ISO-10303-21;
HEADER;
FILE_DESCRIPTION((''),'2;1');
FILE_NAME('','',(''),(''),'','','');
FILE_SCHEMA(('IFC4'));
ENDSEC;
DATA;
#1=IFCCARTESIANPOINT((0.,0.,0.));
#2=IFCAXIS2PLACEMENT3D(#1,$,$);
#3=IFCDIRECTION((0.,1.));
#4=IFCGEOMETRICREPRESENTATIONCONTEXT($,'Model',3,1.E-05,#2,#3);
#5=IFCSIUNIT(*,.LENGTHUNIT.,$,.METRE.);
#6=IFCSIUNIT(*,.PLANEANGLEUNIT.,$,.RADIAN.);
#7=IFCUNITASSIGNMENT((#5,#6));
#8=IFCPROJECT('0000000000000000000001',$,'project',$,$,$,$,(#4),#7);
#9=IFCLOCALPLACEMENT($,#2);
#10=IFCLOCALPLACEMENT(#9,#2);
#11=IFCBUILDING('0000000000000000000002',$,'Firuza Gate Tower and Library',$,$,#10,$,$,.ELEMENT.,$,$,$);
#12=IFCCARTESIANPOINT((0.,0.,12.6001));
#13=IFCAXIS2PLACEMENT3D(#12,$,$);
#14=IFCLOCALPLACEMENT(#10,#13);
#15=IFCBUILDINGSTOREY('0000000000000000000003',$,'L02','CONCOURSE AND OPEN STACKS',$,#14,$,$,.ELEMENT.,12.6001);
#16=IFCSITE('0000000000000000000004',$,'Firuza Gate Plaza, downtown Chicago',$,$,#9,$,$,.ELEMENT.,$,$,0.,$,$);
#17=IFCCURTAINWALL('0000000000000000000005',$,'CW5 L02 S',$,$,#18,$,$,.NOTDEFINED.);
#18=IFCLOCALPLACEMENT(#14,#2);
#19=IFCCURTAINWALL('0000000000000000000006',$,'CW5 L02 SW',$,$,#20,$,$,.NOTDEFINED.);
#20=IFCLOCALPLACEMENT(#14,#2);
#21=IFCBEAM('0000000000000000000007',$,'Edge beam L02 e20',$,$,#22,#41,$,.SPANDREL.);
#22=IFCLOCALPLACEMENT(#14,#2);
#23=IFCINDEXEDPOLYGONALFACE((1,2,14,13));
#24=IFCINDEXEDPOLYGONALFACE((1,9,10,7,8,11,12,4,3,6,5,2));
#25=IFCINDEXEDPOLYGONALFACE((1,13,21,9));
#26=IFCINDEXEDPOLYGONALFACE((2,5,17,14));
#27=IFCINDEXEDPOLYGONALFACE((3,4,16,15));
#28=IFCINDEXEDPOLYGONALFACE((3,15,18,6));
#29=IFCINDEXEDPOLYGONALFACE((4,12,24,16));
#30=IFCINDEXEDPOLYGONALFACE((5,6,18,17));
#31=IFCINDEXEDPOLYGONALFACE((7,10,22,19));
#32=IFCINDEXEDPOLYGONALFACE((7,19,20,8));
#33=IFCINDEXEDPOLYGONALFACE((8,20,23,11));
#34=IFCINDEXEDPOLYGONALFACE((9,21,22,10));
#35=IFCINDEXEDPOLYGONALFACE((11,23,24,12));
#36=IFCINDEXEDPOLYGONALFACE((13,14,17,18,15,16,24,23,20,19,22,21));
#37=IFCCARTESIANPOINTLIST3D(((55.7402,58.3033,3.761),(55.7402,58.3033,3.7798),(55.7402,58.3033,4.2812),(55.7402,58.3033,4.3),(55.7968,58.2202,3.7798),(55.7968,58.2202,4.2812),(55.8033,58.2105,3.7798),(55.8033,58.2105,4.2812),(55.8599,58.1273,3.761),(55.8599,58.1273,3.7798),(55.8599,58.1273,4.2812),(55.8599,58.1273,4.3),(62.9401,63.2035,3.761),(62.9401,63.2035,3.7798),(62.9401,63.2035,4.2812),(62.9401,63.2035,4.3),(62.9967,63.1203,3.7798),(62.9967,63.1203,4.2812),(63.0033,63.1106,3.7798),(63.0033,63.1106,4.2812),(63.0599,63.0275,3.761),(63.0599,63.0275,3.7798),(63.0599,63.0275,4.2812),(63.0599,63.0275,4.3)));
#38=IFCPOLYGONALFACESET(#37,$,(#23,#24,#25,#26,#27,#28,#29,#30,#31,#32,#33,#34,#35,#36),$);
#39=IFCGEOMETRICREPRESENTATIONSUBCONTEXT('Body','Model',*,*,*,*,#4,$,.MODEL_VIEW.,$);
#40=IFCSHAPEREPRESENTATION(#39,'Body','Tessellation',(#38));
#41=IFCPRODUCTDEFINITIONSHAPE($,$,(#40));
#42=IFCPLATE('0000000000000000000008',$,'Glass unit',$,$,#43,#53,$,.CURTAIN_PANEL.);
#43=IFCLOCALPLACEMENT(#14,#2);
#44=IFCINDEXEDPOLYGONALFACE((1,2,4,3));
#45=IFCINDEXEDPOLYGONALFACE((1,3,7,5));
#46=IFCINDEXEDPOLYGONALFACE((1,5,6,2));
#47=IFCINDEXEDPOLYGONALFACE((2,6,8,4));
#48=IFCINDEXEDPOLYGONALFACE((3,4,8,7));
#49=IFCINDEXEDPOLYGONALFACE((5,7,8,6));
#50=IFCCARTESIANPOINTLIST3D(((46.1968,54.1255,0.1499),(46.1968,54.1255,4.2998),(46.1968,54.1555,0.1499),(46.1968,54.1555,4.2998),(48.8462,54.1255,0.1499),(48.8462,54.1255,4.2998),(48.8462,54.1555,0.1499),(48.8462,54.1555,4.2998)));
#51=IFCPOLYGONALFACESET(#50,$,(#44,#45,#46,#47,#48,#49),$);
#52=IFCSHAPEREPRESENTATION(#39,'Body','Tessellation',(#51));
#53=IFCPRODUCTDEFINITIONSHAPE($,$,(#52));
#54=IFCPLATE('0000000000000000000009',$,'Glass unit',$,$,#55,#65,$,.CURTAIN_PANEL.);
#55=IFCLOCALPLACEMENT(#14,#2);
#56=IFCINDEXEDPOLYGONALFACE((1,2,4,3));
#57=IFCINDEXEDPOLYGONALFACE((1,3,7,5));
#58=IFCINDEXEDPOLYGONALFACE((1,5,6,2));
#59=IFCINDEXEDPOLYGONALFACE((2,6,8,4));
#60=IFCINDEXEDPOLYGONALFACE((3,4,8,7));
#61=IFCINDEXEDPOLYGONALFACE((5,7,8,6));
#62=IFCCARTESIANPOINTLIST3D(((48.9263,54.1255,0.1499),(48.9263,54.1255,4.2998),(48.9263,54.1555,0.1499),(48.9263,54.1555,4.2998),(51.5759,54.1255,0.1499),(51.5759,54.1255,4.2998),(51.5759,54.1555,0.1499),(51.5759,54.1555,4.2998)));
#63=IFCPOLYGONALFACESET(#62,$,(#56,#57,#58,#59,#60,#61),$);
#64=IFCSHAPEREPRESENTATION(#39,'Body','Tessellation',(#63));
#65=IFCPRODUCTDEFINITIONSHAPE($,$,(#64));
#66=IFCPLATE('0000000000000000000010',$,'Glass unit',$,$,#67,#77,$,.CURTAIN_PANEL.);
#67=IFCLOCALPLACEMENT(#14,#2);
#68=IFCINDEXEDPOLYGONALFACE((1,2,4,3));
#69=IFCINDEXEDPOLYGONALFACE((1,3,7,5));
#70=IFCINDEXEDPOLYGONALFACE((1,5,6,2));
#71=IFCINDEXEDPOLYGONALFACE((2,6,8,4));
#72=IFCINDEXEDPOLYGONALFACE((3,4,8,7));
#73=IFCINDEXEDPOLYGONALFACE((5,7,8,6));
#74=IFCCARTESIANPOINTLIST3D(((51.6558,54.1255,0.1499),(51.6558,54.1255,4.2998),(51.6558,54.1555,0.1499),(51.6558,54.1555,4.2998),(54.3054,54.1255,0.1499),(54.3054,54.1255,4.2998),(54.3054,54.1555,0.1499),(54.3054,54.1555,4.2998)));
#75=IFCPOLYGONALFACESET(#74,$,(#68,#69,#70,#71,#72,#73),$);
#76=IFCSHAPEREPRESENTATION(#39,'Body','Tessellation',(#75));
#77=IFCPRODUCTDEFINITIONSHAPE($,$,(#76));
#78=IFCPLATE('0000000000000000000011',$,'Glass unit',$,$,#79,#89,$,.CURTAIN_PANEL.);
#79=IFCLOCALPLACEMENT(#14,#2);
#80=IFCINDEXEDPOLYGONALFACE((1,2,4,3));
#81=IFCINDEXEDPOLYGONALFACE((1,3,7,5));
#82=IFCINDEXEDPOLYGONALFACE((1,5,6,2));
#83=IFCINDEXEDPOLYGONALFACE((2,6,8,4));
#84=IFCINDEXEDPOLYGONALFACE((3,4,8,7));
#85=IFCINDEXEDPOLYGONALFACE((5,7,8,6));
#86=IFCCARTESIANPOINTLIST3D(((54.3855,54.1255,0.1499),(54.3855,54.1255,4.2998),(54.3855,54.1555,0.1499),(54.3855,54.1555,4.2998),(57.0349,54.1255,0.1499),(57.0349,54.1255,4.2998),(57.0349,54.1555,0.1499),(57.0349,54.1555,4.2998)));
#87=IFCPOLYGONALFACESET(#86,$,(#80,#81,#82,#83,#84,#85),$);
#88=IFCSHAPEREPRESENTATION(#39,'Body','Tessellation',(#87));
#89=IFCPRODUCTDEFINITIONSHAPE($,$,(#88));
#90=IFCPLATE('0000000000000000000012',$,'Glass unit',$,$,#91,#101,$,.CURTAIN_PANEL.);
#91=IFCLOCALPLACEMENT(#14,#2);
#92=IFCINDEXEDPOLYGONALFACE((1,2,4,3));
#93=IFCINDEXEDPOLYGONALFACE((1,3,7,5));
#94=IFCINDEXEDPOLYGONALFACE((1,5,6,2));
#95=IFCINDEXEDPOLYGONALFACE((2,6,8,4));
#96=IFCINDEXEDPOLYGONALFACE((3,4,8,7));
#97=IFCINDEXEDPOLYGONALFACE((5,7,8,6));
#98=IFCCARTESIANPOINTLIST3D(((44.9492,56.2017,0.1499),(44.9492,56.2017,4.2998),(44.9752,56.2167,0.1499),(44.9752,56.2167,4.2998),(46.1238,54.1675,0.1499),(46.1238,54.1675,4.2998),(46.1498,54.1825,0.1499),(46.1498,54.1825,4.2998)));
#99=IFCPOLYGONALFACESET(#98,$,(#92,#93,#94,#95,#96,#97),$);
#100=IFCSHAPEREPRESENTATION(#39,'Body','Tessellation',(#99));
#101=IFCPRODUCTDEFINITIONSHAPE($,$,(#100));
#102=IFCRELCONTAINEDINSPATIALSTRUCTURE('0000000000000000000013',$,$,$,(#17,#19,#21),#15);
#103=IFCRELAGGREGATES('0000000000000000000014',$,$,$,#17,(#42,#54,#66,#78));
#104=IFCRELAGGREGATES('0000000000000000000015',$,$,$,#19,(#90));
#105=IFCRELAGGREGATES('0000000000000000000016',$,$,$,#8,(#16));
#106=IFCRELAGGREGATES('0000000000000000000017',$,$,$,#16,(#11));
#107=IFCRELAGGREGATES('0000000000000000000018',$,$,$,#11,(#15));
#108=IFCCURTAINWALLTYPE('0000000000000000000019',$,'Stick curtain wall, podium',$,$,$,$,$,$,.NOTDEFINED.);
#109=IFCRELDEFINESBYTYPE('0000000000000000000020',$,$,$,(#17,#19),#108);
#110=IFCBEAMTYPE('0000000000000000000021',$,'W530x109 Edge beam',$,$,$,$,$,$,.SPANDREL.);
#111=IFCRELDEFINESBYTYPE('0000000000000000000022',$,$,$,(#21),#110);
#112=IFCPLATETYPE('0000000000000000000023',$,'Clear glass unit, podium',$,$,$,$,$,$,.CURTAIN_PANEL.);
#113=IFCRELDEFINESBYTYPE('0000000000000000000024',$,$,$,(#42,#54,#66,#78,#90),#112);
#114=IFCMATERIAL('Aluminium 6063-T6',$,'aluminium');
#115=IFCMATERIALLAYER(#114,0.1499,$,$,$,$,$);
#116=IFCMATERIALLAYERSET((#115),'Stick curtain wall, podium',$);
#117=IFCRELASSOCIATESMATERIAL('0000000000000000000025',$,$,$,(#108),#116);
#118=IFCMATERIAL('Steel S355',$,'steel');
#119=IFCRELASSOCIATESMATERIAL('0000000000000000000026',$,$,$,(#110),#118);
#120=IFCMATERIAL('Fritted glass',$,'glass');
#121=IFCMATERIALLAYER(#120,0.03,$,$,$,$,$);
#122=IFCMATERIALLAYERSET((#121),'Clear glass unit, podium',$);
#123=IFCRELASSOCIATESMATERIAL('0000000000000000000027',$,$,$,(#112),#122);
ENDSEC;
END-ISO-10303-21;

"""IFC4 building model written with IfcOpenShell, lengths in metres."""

from ifc_helpers import new_model, si_unit, direction, frame, origin, origin_2d, place, context, subcontext, project, spatial, polyline, i_section, outline, extrude, material, layer, layer_set, material_profile, profile_set, type_object, element, aggregate, save


model = new_model("IFC4")

# Units and contexts
model_context = context("Model", 3, precision=1e-05, world=origin(), true_north=direction((0.0, 1.0)))
body_context = subcontext(model_context, "Body", "Model", "MODEL_VIEW")
ifc_project = project(units=[si_unit("LENGTHUNIT", "METRE"), si_unit("PLANEANGLEUNIT", "RADIAN")], contexts=[model_context])

# Site, building, storey
site_placement = place(None, origin())
site = spatial("IfcSite", under=ifc_project, at=site_placement, Name="Firuza Gate Plaza, downtown Chicago", CompositionType="ELEMENT", RefElevation=0.0)
building_placement = place(site_placement, origin())
building = spatial("IfcBuilding", under=site, at=building_placement, Name="Firuza Gate Tower and Library", CompositionType="ELEMENT")
storey_placement = place(building_placement, frame((0.0, 0.0, 12.6001)))
storey = spatial("IfcBuildingStorey", under=building, at=storey_placement, Name="L02", Description="CONCOURSE AND OPEN STACKS", CompositionType="ELEMENT", Elevation=12.6001)

# Curtain walls
ifc_material_1 = material(Name="Aluminium 6063-T6", Category="aluminium")
ifc_layer_1 = layer(ifc_material_1, 0.1499)
ifc_layer_set_1 = layer_set([ifc_layer_1], Name="Stick curtain wall, podium")
curtain_wall_type = type_object("IfcCurtainWallType", Name="Stick curtain wall, podium", PredefinedType="NOTDEFINED", material=ifc_layer_set_1)
placement_1 = place(storey_placement, origin())
curtain_wall_1 = element("IfcCurtainWall", 1, at=placement_1, inside=storey, type_object=curtain_wall_type, Name="CW5 L02 S", PredefinedType="NOTDEFINED")
curtain_wall_2 = element("IfcCurtainWall", 2, at=placement_1, inside=storey, type_object=curtain_wall_type, Name="CW5 L02 SW", PredefinedType="NOTDEFINED")

# Beam
ifc_material_2 = material(Name="Steel S355", Category="steel")
ifc_material_profile_1 = material_profile(ifc_material_2, i_section(OverallWidth=0.2129, OverallDepth=0.5391, WebThickness=0.0117, FlangeThickness=0.0188, at=origin_2d()))
ifc_profile_set_1 = profile_set([ifc_material_profile_1], Name="Steel S355")
beam_type_1 = type_object("IfcBeamType", Name="W530x109 Edge beam", PredefinedType="SPANDREL", material=ifc_profile_set_1)
beam_1_placement = place(storey_placement, frame((55.8, 58.2153, 4.0305), z_axis=(0.826703, 0.562638, 0.0), x_axis=(-0.562638, 0.826703, 0.0)))
element("IfcBeam", 3, at=beam_1_placement, inside=storey, type_object=beam_type_1, Name="Edge beam L02 e20", PredefinedType="SPANDREL", context=body_context, shape_type="SweptSolid", body=[
    extrude(i_section(OverallWidth=0.2129, OverallDepth=0.5391, WebThickness=0.0117, FlangeThickness=0.0188, at=origin_2d()), origin(), (0.0, 0.0, 1.0), 8.7092),
])

# Plates
ifc_material_3 = material(Name="Fritted glass", Category="glass")
ifc_layer_2 = layer(ifc_material_3, 0.03)
ifc_layer_set_2 = layer_set([ifc_layer_2], Name="Clear glass unit, podium")
plate_type = type_object("IfcPlateType", Name="Clear glass unit, podium", PredefinedType="CURTAIN_PANEL", material=ifc_layer_set_2)
plate_1_placement = place(storey_placement, frame((46.1968, 54.1255, 0.1499), z_axis=(0.0, -1.0, 0.0), x_axis=(1.0, 0.0, 0.0)))
plate_1 = element("IfcPlate", 4, at=plate_1_placement, type_object=plate_type, Name="Glass unit", PredefinedType="CURTAIN_PANEL", context=body_context, shape_type="SweptSolid", body=[
    extrude(outline(polyline([(0.0, 0.0), (2.6494, 0.0), (2.6494, 4.1499), (0.0, 4.1499), (0.0, 0.0)])), origin(), (0.0, 0.0, -1.0), 0.03),
])
plate_2_placement = place(storey_placement, frame((48.9263, 54.1255, 0.1499), z_axis=(0.0, -1.0, 0.0), x_axis=(1.0, 0.0, 0.0)))
plate_2 = element("IfcPlate", 5, at=plate_2_placement, type_object=plate_type, Name="Glass unit", PredefinedType="CURTAIN_PANEL", context=body_context, shape_type="SweptSolid", body=[
    extrude(outline(polyline([(0.0, 0.0), (2.6497, 0.0), (2.6497, 4.1499), (0.0, 4.1499), (0.0, 0.0)])), origin(), (0.0, 0.0, -1.0), 0.03),
])
plate_3_placement = place(storey_placement, frame((51.6558, 54.1255, 0.1499), z_axis=(0.0, -1.0, 0.0), x_axis=(1.0, 0.0, 0.0)))
plate_3 = element("IfcPlate", 6, at=plate_3_placement, type_object=plate_type, Name="Glass unit", PredefinedType="CURTAIN_PANEL", context=body_context, shape_type="SweptSolid", body=[
    extrude(outline(polyline([(0.0, 0.0), (2.6497, 0.0), (2.6497, 4.1499), (0.0, 4.1499), (0.0, 0.0)])), origin(), (0.0, 0.0, -1.0), 0.03),
])
plate_4_placement = place(storey_placement, frame((54.3855, 54.1255, 0.1499), z_axis=(0.0, -1.0, 0.0), x_axis=(1.0, 0.0, 0.0)))
plate_4 = element("IfcPlate", 7, at=plate_4_placement, type_object=plate_type, Name="Glass unit", PredefinedType="CURTAIN_PANEL", context=body_context, shape_type="SweptSolid", body=[
    extrude(outline(polyline([(0.0, 0.0), (2.6494, 0.0), (2.6494, 4.1499), (0.0, 4.1499), (0.0, 0.0)])), origin(), (0.0, 0.0, -1.0), 0.03),
])
aggregate(curtain_wall_1, [plate_1, plate_2, plate_3, plate_4])
plate_5_placement = place(storey_placement, frame((44.9492, 56.2017, 0.1499), z_axis=(-0.866002, -0.50004, 0.0), x_axis=(0.50004, -0.866002, 0.0)))
plate_5 = element("IfcPlate", 8, at=plate_5_placement, type_object=plate_type, Name="Glass unit", PredefinedType="CURTAIN_PANEL", context=body_context, shape_type="SweptSolid", body=[
    extrude(outline(polyline([(0.0, 0.0), (2.3489, 0.0), (2.3489, 4.1499), (0.0, 4.1499), (0.0, 0.0)])), origin(), (0.0, 0.0, -1.0), 0.03),
])
aggregate(curtain_wall_2, [plate_5])

save(model, "model.ifc")
